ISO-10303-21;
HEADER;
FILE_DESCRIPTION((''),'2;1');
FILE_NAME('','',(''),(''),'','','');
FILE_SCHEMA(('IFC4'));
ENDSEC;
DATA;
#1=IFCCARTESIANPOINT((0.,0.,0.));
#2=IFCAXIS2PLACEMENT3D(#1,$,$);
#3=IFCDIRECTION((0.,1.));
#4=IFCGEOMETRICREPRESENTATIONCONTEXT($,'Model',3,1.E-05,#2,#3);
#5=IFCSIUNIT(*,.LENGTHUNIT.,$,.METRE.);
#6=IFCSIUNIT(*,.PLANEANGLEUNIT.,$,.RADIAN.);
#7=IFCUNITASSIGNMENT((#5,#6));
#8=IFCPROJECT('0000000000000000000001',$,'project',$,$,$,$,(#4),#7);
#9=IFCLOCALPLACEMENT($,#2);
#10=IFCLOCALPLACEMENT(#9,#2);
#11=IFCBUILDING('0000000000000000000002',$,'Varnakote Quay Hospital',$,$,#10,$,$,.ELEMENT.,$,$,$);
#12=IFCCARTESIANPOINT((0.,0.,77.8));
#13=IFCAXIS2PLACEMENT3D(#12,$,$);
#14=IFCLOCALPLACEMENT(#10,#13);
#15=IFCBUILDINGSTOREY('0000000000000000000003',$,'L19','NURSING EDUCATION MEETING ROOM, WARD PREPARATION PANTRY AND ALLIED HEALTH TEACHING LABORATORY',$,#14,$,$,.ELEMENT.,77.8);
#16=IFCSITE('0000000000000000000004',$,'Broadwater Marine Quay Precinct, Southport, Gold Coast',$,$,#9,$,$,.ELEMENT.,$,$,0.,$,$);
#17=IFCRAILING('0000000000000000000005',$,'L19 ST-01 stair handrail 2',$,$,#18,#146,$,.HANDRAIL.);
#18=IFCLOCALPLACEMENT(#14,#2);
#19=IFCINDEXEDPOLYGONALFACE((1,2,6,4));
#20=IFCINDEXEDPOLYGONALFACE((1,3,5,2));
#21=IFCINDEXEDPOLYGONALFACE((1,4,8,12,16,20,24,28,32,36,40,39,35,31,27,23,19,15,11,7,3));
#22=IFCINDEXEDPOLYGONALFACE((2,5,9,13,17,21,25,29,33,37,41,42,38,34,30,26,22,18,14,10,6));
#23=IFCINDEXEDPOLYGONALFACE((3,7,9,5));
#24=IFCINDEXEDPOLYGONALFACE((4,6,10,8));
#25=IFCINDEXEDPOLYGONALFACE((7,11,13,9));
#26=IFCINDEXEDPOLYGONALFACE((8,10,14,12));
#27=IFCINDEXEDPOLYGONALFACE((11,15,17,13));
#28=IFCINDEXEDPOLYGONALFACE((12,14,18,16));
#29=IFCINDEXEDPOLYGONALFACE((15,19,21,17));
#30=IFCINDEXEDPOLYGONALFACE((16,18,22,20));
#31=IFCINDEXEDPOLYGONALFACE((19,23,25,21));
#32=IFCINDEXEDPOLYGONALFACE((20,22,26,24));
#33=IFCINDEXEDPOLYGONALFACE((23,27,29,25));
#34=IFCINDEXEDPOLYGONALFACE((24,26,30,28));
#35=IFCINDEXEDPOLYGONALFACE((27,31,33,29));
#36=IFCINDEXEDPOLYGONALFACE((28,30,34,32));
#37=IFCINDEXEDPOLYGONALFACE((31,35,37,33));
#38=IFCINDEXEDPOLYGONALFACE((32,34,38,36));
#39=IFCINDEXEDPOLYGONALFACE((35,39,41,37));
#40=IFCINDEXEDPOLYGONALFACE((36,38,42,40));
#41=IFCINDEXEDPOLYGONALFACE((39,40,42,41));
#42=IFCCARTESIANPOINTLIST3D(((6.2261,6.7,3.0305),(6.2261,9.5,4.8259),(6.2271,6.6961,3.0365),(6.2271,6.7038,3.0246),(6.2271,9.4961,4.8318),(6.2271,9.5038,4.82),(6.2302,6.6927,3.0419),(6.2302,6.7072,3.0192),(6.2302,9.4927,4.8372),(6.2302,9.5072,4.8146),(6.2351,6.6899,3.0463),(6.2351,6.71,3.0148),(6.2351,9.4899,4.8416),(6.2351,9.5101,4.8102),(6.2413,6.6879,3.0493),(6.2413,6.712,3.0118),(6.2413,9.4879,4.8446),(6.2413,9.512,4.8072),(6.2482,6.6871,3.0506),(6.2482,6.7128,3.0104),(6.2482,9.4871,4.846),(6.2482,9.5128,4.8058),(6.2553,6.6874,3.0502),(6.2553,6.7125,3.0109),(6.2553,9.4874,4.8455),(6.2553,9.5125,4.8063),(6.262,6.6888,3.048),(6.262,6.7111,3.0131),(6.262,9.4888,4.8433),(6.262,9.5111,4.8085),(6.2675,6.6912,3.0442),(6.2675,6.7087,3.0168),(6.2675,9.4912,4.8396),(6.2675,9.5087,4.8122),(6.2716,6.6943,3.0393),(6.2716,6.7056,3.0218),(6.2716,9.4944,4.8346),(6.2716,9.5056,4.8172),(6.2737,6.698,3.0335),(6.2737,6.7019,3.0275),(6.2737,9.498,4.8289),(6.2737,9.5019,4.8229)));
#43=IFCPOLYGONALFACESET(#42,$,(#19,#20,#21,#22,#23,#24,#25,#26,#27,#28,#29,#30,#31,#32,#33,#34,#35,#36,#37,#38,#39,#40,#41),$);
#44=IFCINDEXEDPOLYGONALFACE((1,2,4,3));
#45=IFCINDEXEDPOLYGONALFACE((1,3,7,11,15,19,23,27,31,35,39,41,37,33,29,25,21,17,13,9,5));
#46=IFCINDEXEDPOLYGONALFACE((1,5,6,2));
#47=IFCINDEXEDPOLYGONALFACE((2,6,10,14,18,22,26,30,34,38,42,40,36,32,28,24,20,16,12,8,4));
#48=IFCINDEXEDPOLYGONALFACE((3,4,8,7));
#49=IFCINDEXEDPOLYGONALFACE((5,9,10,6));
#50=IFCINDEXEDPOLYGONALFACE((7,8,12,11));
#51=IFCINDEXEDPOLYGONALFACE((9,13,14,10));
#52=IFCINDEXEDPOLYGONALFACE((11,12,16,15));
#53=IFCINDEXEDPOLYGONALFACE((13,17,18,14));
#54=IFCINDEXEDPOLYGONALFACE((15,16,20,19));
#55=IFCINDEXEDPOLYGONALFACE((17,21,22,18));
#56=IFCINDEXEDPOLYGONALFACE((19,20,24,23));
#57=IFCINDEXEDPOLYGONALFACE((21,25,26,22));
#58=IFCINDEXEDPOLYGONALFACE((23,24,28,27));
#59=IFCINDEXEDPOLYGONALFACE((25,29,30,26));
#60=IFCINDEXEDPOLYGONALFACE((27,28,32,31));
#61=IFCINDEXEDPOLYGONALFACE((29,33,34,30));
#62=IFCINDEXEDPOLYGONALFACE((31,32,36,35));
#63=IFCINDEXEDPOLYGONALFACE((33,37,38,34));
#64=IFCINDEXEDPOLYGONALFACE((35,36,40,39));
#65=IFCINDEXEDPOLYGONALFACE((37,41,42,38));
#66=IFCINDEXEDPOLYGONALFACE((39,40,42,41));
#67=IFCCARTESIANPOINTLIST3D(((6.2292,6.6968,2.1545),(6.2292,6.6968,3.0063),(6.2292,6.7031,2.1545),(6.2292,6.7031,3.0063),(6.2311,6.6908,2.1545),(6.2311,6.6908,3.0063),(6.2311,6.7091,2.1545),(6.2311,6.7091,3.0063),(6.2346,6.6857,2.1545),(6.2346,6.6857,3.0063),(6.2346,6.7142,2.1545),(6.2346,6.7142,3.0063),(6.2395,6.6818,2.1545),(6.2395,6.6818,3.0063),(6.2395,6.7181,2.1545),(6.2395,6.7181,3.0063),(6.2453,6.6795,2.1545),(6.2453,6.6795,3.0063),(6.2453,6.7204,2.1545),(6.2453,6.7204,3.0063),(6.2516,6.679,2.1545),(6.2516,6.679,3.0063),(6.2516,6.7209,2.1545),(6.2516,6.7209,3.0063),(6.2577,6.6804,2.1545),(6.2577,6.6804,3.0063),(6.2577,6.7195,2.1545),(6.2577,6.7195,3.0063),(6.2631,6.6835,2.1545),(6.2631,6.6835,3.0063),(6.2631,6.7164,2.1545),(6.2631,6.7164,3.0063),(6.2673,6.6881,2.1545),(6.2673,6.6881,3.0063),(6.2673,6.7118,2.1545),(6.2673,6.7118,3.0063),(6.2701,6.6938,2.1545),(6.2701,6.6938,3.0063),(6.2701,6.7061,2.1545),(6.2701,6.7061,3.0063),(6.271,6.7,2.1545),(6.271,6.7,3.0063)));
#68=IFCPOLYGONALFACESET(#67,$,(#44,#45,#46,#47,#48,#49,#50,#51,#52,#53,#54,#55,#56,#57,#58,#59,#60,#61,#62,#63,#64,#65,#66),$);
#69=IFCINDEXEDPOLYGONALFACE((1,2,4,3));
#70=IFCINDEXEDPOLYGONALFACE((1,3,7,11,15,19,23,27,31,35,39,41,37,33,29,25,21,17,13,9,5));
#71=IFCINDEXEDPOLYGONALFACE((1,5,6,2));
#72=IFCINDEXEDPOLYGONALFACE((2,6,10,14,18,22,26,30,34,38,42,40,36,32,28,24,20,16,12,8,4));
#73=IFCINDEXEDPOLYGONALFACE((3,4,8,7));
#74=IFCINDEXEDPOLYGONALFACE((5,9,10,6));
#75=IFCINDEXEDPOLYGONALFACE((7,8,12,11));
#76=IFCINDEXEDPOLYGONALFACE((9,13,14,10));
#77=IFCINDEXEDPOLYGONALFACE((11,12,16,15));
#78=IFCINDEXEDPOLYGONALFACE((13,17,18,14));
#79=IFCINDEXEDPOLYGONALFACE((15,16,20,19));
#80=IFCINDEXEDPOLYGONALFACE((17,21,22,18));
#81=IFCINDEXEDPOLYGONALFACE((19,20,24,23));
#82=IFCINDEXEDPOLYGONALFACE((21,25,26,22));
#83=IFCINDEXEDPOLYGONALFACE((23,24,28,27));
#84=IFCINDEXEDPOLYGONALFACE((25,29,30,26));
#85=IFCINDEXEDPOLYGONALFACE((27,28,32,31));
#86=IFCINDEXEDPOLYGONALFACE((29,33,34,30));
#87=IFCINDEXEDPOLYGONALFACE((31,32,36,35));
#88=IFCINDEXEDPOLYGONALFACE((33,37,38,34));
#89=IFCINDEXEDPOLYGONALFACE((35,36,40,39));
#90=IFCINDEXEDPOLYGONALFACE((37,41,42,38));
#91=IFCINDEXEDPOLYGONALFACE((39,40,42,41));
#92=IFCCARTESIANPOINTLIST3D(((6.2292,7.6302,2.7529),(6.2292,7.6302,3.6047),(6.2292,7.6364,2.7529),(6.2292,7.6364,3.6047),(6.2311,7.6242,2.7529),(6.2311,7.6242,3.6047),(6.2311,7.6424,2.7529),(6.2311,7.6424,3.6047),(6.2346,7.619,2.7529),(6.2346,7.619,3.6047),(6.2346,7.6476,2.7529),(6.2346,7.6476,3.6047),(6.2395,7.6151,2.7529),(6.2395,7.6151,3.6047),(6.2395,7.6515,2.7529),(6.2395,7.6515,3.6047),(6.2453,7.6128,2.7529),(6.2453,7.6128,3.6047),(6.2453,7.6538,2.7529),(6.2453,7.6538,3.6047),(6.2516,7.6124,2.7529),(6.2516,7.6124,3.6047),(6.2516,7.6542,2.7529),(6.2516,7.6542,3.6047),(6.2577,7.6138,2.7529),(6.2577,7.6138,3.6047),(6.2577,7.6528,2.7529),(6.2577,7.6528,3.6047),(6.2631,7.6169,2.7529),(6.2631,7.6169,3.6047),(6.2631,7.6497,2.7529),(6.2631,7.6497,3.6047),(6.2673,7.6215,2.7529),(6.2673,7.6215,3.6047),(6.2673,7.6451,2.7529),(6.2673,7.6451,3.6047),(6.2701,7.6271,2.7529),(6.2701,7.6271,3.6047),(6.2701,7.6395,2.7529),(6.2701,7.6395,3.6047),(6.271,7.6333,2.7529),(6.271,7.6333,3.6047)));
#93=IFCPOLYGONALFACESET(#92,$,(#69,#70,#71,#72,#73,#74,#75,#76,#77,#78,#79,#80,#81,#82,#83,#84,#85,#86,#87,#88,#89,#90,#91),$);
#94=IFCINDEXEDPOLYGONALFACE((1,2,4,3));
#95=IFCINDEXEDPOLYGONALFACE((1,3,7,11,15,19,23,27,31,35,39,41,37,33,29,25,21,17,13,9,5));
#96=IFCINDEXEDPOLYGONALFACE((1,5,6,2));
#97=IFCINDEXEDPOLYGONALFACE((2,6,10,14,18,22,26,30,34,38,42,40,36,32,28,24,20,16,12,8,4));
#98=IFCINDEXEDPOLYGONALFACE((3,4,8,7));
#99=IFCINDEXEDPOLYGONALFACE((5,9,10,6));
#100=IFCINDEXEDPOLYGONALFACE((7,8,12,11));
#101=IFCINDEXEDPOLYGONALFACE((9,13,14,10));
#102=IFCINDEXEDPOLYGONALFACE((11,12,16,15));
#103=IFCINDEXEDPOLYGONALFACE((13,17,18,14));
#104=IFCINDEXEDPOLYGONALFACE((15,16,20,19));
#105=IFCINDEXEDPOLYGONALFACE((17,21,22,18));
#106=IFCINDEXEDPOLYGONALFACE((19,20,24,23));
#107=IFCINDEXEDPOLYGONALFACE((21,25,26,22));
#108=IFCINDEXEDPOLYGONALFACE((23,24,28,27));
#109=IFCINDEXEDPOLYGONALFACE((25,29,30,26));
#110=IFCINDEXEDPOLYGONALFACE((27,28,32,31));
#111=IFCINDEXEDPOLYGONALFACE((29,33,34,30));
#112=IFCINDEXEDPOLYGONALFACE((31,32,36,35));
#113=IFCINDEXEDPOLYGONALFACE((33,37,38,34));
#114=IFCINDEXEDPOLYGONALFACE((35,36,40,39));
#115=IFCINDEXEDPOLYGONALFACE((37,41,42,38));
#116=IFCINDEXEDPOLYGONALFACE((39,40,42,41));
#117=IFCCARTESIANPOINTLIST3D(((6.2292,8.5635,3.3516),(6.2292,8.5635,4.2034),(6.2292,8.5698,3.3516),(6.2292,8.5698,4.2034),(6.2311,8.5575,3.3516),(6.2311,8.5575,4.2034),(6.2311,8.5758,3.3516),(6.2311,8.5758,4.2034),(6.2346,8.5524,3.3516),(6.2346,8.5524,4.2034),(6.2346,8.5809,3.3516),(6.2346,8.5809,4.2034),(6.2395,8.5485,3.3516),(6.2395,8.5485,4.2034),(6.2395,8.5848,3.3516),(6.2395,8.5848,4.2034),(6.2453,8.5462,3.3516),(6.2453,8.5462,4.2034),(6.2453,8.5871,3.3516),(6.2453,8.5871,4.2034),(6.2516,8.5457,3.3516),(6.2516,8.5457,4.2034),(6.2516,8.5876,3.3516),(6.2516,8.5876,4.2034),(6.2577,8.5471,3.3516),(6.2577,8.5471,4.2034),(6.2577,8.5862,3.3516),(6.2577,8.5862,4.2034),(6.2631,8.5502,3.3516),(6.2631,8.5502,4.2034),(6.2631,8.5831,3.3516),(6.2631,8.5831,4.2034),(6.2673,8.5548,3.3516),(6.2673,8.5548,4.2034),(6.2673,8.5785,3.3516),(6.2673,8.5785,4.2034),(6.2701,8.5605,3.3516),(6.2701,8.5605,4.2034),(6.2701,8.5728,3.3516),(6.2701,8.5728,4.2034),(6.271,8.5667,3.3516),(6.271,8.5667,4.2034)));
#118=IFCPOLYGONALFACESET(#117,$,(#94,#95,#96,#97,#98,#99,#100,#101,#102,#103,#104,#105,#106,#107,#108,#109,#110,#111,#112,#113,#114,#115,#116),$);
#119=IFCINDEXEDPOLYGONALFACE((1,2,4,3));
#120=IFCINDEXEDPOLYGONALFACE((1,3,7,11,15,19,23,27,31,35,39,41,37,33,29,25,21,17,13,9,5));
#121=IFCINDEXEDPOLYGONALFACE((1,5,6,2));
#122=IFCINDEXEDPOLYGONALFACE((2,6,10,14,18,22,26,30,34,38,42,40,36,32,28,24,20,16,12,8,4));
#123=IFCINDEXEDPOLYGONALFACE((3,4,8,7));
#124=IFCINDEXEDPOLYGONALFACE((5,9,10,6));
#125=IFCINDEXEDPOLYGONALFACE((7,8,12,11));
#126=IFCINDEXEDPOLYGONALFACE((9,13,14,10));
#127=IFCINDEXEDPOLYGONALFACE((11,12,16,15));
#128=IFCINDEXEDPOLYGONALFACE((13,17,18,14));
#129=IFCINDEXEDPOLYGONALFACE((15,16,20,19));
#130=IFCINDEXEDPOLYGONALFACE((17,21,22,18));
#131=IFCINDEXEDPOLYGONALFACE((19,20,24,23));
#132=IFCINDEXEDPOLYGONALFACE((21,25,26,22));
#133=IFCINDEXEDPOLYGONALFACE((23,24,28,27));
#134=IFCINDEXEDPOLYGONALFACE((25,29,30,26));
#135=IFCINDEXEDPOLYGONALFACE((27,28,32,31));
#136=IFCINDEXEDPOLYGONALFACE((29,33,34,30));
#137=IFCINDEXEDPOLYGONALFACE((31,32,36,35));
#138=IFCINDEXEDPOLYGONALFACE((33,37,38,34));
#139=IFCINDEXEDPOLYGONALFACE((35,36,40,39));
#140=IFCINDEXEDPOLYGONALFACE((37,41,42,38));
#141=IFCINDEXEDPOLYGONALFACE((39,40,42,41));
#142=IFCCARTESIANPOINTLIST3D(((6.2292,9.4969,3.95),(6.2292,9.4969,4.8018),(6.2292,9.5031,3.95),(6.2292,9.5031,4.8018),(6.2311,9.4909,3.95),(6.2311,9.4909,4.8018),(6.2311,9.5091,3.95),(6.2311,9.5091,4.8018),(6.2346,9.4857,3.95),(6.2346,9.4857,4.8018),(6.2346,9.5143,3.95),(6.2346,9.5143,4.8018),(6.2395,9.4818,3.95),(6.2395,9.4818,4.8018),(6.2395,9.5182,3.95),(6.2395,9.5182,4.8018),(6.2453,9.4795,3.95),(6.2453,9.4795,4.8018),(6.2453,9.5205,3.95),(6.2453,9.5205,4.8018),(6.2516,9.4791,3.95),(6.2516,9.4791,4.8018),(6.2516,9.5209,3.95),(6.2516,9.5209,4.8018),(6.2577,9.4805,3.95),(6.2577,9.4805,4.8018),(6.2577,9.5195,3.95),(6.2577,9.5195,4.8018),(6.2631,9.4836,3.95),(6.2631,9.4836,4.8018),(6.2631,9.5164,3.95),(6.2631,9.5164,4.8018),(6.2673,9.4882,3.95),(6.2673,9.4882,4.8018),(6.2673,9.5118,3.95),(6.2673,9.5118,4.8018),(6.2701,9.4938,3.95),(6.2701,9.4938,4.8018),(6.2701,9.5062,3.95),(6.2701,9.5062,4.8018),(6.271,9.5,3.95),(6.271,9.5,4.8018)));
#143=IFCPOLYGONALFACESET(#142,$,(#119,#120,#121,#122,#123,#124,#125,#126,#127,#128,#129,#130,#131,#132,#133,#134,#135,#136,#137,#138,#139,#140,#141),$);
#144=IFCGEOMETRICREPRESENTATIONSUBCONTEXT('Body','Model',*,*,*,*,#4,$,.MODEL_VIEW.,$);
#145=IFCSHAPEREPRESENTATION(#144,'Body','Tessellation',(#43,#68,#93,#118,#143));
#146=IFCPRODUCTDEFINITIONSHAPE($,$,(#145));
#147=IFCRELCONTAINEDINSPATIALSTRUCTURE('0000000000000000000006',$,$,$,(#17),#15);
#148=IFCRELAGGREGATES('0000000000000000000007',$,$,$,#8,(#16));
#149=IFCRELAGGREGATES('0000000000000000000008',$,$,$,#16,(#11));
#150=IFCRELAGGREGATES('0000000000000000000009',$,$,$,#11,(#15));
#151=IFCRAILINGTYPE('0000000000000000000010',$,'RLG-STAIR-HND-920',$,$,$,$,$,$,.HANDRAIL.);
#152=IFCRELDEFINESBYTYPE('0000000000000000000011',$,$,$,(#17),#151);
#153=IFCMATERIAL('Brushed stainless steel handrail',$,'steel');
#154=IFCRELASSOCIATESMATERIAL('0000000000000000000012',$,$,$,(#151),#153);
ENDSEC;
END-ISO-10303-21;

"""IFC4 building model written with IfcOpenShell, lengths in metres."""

from ifc_helpers import new_model, si_unit, direction, frame, origin, origin_2d, place, context, subcontext, project, spatial, circle, extrude, material, type_object, element, save


model = new_model("IFC4")

# Units and contexts
model_context = context("Model", 3, precision=1e-05, world=origin(), true_north=direction((0.0, 1.0)))
body_context = subcontext(model_context, "Body", "Model", "MODEL_VIEW")
ifc_project = project(units=[si_unit("LENGTHUNIT", "METRE"), si_unit("PLANEANGLEUNIT", "RADIAN")], contexts=[model_context])

# Site, building, storey
site_placement = place(None, origin())
site = spatial("IfcSite", under=ifc_project, at=site_placement, Name="Broadwater Marine Quay Precinct, Southport, Gold Coast", CompositionType="ELEMENT", RefElevation=0.0)
building_placement = place(site_placement, origin())
building = spatial("IfcBuilding", under=site, at=building_placement, Name="Varnakote Quay Hospital", CompositionType="ELEMENT")
storey_placement = place(building_placement, frame((0.0, 0.0, 77.8)))
storey = spatial("IfcBuildingStorey", under=building, at=storey_placement, Name="L19", Description="NURSING EDUCATION MEETING ROOM, WARD PREPARATION PANTRY AND ALLIED HEALTH TEACHING LABORATORY", CompositionType="ELEMENT", Elevation=77.8)

# Railing
ifc_material_1 = material(Name="Brushed stainless steel handrail", Category="steel")
railing_type_1 = type_object("IfcRailingType", Name="RLG-STAIR-HND-920", PredefinedType="HANDRAIL", material=ifc_material_1)
railing_1_placement = place(storey_placement, frame((6.25, 6.7, 2.1545)))
element("IfcRailing", 1, at=railing_1_placement, inside=storey, type_object=railing_type_1, Name="L19 ST-01 stair handrail 2", PredefinedType="HANDRAIL", context=body_context, shape_type="SweptSolid", body=[
    extrude(circle(Radius=0.0239, at=origin_2d()), frame((0.0, 0.0, 0.876), z_axis=(0.0, 0.84181, 0.539774), x_axis=(-1.0, 0.0, 0.0)), (0.0, 0.0, 1.0), 3.3262),
    extrude(circle(Radius=0.021, at=origin_2d()), origin(), (0.0, 0.0, 1.0), 0.8518),
    extrude(circle(Radius=0.021, at=origin_2d()), frame((0.0, 0.9333, 0.5984)), (0.0, 0.0, 1.0), 0.8518),
    extrude(circle(Radius=0.021, at=origin_2d()), frame((0.0, 1.8667, 1.197)), (0.0, 0.0, 1.0), 0.8518),
    extrude(circle(Radius=0.021, at=origin_2d()), frame((0.0, 2.8, 1.7954)), (0.0, 0.0, 1.0), 0.8518),
])

save(model, "model.ifc")
